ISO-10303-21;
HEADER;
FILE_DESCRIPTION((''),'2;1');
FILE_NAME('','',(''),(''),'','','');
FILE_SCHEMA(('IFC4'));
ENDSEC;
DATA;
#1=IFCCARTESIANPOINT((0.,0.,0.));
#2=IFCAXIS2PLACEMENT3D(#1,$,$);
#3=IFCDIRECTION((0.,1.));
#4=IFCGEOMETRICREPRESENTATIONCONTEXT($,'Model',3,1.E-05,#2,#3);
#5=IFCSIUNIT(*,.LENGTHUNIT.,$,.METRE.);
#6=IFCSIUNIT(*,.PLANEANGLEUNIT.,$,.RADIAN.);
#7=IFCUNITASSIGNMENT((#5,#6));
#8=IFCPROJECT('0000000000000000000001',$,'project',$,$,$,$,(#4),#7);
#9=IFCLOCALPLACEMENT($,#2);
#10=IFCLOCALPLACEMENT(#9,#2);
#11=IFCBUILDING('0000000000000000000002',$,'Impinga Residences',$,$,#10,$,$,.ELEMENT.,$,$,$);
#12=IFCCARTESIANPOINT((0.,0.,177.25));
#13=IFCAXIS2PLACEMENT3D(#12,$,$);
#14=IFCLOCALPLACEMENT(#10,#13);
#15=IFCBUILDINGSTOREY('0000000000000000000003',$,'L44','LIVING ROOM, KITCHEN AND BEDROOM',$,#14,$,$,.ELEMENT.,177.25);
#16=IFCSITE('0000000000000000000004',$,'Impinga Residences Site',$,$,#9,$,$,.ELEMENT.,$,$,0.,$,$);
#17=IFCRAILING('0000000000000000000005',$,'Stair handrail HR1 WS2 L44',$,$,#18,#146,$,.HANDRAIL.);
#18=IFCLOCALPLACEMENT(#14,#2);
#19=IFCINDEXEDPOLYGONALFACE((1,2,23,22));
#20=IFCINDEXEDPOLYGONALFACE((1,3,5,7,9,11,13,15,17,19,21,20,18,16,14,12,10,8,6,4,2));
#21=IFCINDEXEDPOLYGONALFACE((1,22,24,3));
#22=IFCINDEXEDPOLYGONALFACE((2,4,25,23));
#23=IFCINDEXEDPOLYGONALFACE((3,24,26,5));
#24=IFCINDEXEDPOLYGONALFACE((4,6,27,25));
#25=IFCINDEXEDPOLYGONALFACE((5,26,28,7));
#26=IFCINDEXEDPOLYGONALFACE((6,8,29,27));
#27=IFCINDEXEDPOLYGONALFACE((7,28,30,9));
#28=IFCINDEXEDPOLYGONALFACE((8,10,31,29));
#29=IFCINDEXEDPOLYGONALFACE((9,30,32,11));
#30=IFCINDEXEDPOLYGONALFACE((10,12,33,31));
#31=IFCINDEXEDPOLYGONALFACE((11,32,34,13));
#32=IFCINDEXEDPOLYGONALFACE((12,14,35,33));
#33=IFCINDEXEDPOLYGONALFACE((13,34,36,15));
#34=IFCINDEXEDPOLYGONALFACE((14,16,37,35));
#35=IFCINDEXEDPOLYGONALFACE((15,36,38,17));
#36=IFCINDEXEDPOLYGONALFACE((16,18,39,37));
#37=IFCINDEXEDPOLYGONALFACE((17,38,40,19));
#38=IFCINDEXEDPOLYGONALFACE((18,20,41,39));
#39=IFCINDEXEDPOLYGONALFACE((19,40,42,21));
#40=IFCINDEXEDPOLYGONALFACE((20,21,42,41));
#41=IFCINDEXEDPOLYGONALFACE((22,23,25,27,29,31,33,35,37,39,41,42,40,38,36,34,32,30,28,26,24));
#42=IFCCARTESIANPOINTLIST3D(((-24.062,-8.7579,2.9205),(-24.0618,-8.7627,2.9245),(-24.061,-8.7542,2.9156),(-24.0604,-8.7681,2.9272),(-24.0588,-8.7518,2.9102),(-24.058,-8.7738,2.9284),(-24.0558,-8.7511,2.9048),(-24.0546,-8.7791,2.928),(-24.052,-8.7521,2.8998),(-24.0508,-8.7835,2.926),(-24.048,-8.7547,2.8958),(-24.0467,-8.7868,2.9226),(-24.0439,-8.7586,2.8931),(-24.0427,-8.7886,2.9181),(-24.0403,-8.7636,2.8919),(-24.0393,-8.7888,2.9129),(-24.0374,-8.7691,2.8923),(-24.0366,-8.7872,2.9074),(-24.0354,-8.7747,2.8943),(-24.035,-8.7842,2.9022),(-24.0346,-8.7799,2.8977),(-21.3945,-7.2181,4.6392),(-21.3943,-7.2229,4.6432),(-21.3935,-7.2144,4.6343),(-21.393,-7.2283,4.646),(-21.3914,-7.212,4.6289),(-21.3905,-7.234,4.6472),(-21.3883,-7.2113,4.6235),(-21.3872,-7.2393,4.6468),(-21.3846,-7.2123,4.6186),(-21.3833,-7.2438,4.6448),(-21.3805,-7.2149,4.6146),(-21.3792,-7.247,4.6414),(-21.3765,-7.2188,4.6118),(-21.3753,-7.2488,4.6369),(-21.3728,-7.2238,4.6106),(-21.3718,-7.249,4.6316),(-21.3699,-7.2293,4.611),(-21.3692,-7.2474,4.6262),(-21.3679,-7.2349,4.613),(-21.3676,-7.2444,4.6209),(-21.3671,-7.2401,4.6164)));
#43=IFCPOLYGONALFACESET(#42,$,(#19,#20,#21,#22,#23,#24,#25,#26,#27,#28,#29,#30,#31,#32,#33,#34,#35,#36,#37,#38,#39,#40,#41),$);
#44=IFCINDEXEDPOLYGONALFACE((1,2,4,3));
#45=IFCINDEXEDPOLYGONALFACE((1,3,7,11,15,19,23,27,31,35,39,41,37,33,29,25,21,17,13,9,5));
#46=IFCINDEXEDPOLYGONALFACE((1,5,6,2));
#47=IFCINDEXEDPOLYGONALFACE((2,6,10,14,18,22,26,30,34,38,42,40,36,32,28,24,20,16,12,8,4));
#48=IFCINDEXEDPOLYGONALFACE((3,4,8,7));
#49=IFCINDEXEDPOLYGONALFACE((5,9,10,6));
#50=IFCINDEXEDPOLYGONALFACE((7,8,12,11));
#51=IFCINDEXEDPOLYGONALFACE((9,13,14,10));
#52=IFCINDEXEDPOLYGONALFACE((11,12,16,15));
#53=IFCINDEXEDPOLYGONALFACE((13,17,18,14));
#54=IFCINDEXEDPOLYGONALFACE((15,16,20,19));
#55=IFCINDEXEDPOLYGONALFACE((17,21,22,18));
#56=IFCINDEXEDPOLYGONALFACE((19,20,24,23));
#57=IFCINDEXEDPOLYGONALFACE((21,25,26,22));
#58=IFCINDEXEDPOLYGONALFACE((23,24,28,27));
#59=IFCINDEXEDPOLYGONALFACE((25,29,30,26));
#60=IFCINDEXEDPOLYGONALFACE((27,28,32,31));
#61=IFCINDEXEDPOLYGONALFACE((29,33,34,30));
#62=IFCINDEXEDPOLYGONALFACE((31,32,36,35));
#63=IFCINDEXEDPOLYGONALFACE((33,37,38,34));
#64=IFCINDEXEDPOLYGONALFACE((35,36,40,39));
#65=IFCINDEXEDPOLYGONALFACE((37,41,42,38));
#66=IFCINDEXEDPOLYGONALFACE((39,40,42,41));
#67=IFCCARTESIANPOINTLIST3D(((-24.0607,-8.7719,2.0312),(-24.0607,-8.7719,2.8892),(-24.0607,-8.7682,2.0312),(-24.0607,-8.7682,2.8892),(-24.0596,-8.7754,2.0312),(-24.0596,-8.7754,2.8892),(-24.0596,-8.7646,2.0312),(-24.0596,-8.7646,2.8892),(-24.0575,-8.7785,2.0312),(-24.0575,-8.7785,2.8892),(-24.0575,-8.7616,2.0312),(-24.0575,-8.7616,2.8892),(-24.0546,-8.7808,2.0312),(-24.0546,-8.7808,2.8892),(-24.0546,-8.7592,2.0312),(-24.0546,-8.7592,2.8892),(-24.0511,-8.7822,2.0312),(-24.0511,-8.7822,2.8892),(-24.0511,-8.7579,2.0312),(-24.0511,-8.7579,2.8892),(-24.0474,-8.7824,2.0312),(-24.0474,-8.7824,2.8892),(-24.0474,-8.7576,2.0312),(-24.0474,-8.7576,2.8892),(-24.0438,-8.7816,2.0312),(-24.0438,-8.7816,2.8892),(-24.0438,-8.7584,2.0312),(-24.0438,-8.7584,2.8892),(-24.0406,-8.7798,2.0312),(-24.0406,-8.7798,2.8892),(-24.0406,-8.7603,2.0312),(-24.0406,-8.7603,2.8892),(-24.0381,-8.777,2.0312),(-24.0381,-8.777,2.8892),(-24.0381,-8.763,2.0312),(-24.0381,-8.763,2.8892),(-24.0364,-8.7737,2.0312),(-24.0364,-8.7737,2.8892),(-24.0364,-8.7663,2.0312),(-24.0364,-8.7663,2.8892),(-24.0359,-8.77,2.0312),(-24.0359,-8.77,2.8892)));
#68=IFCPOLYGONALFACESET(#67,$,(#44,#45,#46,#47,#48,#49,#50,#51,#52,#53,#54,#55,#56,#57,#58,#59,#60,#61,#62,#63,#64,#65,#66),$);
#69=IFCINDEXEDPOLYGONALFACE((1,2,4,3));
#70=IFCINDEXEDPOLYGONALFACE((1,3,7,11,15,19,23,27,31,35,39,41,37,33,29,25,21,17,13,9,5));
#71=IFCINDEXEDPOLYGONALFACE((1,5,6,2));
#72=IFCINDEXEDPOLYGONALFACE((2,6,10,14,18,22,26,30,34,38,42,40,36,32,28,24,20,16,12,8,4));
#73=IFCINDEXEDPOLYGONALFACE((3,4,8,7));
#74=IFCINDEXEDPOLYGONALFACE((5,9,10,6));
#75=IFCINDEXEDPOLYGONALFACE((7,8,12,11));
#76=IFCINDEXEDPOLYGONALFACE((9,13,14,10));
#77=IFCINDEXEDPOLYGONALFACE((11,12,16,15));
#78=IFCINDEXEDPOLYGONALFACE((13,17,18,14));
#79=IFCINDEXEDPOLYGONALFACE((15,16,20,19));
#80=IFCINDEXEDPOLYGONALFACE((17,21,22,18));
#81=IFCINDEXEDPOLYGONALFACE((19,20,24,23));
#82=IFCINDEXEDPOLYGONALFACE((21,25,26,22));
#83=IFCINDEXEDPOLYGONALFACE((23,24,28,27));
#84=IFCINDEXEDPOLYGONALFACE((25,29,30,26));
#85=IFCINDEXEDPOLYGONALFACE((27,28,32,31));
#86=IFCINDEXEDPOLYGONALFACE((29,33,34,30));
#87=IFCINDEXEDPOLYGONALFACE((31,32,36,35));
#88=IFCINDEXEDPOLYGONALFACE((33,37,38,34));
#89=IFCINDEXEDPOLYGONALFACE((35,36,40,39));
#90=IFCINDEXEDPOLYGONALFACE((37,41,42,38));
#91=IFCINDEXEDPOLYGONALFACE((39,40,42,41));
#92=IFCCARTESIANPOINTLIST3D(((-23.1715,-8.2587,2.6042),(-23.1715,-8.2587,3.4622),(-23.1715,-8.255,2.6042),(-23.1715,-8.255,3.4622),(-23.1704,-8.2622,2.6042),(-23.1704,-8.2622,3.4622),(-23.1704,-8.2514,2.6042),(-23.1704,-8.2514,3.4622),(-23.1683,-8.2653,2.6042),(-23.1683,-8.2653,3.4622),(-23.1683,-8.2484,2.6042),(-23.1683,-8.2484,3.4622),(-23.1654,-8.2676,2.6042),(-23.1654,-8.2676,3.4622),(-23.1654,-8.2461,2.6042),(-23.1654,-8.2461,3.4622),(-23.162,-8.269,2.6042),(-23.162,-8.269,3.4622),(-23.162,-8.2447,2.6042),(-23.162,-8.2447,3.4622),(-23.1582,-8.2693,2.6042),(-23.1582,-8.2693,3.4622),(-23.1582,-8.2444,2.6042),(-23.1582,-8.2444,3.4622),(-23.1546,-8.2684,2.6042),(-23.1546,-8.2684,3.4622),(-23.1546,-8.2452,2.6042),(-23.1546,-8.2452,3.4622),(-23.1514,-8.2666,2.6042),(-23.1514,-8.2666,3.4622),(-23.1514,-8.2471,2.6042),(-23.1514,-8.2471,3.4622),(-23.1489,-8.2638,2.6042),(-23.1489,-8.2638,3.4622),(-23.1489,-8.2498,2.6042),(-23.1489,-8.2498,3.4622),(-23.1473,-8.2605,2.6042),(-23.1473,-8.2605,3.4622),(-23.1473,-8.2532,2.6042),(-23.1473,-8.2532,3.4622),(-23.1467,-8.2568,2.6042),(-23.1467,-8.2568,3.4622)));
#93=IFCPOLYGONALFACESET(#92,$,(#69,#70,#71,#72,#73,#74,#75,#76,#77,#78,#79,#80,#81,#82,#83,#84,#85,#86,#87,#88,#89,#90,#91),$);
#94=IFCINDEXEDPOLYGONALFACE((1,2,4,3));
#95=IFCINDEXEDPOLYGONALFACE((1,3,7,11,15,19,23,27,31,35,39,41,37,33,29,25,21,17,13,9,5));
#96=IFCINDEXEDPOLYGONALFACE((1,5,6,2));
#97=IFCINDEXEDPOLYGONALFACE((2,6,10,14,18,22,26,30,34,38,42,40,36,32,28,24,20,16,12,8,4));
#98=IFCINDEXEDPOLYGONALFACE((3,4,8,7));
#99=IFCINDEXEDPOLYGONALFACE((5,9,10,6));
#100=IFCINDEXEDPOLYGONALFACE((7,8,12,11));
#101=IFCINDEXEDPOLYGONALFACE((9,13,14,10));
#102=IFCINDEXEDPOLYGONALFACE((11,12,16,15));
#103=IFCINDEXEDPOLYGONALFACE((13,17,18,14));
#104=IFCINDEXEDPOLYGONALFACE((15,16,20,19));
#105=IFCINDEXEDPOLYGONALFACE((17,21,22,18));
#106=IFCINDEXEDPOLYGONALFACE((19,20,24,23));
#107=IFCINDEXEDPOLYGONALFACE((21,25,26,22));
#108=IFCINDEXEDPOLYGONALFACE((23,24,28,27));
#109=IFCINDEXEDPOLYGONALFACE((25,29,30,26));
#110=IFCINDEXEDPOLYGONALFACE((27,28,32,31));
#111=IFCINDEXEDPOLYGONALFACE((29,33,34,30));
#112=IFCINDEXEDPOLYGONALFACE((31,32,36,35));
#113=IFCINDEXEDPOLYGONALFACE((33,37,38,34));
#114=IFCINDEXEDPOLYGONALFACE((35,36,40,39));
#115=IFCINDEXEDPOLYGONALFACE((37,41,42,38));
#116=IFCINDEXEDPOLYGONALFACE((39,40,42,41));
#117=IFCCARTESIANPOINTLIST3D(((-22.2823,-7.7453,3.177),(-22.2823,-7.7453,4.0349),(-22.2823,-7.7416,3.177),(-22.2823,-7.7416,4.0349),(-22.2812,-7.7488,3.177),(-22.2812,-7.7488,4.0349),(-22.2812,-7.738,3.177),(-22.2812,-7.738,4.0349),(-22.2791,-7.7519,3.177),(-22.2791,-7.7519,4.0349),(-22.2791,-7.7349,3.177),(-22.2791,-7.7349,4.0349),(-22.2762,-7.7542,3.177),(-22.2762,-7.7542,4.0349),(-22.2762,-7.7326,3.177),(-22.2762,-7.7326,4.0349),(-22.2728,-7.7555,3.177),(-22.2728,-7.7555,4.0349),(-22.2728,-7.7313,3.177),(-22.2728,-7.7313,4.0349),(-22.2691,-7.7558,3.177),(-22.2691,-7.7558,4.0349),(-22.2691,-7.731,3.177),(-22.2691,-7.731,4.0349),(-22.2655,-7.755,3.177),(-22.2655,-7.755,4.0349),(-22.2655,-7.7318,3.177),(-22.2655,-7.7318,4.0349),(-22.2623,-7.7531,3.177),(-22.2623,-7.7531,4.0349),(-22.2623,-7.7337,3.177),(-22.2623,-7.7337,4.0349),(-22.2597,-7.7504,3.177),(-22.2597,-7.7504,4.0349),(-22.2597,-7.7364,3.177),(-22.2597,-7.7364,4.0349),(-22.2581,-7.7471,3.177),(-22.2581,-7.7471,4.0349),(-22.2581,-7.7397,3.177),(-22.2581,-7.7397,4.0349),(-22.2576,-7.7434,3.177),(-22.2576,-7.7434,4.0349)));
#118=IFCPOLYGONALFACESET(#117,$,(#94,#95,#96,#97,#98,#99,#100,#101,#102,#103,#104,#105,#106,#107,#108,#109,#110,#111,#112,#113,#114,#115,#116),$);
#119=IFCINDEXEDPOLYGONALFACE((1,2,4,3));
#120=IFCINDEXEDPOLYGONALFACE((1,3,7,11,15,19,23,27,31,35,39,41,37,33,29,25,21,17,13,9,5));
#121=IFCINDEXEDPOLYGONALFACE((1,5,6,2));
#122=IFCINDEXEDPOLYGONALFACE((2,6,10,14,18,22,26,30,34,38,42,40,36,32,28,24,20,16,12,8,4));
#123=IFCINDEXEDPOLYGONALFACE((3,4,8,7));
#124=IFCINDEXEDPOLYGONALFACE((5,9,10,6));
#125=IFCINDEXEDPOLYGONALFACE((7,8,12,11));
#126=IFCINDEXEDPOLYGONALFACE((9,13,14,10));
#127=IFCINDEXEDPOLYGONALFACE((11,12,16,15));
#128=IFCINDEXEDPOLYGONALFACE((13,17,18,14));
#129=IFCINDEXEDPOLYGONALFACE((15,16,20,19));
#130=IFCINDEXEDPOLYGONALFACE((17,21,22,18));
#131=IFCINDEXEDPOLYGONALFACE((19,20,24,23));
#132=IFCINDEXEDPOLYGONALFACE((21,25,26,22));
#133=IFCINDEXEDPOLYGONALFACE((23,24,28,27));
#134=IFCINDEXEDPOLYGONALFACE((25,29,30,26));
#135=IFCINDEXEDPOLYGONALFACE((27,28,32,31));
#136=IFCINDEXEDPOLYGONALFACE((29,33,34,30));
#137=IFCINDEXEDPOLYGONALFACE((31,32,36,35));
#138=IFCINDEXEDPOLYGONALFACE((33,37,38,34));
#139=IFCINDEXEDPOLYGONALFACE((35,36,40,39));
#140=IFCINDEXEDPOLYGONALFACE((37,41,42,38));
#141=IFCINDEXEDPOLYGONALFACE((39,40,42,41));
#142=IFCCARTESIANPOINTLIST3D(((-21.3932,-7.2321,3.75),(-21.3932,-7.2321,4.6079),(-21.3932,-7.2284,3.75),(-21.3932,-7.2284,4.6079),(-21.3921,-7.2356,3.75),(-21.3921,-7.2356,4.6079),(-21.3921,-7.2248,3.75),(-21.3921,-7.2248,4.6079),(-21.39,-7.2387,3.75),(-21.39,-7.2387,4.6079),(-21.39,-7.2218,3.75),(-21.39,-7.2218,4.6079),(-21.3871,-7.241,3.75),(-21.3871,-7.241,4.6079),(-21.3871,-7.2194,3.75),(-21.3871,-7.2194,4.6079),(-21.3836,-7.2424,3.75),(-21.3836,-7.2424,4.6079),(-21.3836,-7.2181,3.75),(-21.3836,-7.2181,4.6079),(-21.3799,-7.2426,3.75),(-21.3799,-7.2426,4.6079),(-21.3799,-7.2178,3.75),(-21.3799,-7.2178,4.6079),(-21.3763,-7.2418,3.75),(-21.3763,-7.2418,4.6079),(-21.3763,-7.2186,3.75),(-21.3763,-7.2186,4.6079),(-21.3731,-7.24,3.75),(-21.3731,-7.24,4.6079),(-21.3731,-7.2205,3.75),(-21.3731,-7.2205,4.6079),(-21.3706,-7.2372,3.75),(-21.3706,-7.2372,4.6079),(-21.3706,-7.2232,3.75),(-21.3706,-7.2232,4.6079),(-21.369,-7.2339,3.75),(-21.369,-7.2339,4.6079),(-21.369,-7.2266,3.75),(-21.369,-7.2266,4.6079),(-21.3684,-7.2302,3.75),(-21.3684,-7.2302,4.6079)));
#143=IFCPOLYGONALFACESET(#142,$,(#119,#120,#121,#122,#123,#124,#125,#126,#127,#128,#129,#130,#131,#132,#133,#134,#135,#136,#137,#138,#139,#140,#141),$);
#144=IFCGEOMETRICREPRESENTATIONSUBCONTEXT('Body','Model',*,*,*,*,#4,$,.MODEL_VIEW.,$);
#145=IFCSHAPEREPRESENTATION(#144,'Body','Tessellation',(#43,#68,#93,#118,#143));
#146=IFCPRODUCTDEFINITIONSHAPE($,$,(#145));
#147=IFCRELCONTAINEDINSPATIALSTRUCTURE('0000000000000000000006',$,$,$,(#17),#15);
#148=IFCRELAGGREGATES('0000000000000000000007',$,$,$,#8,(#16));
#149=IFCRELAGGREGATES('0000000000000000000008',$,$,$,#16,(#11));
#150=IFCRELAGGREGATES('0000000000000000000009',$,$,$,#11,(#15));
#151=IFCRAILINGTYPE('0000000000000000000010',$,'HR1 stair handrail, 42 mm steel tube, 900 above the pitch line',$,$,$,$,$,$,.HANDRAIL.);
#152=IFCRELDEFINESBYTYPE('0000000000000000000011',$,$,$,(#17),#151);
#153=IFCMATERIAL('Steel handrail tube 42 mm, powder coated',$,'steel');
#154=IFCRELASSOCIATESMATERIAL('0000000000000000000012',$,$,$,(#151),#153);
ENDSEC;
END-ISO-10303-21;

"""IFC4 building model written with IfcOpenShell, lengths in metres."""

from ifc_helpers import new_model, si_unit, direction, frame, origin, origin_2d, place, context, subcontext, project, spatial, circle, extrude, material, type_object, element, save


model = new_model("IFC4")

# Units and contexts
model_context = context("Model", 3, precision=1e-05, world=origin(), true_north=direction((0.0, 1.0)))
body_context = subcontext(model_context, "Body", "Model", "MODEL_VIEW")
ifc_project = project(units=[si_unit("LENGTHUNIT", "METRE"), si_unit("PLANEANGLEUNIT", "RADIAN")], contexts=[model_context])

# Site, building, storey
site_placement = place(None, origin())
site = spatial("IfcSite", under=ifc_project, at=site_placement, Name="Impinga Residences Site", CompositionType="ELEMENT", RefElevation=0.0)
building_placement = place(site_placement, origin())
building = spatial("IfcBuilding", under=site, at=building_placement, Name="Impinga Residences", CompositionType="ELEMENT")
storey_placement = place(building_placement, frame((0.0, 0.0, 177.25)))
storey = spatial("IfcBuildingStorey", under=building, at=storey_placement, Name="L44", Description="LIVING ROOM, KITCHEN AND BEDROOM", CompositionType="ELEMENT", Elevation=177.25)

# Railing
ifc_material_1 = material(Name="Steel handrail tube 42 mm, powder coated", Category="steel")
railing_type_1 = type_object("IfcRailingType", Name="HR1 stair handrail, 42 mm steel tube, 900 above the pitch line", PredefinedType="HANDRAIL", material=ifc_material_1)
railing_1_placement = place(storey_placement, frame((-24.0483, -8.77, 2.0312)))
element("IfcRailing", 1, at=railing_1_placement, inside=storey, type_object=railing_type_1, Name="Stair handrail HR1 WS2 L44", PredefinedType="HANDRAIL", context=body_context, shape_type="SweptSolid", body=[
    extrude(circle(Radius=0.021, at=origin_2d()), frame((0.0, 0.0, 0.8789), z_axis=(0.756279, 0.43656, 0.487297), x_axis=(-0.499933, 0.866064, 0.0)), (0.0, 0.0, 1.0), 3.5271),
    extrude(circle(Radius=0.0125, at=origin_2d()), origin(), (0.0, 0.0, 1.0), 0.8579),
    extrude(circle(Radius=0.0125, at=origin_2d()), frame((0.8892, 0.5132, 0.573)), (0.0, 0.0, 1.0), 0.8579),
    extrude(circle(Radius=0.0125, at=origin_2d()), frame((1.7783, 1.0266, 1.1458)), (0.0, 0.0, 1.0), 0.8579),
    extrude(circle(Radius=0.0125, at=origin_2d()), frame((2.6675, 1.5398, 1.7188)), (0.0, 0.0, 1.0), 0.8579),
])

save(model, "model.ifc")
